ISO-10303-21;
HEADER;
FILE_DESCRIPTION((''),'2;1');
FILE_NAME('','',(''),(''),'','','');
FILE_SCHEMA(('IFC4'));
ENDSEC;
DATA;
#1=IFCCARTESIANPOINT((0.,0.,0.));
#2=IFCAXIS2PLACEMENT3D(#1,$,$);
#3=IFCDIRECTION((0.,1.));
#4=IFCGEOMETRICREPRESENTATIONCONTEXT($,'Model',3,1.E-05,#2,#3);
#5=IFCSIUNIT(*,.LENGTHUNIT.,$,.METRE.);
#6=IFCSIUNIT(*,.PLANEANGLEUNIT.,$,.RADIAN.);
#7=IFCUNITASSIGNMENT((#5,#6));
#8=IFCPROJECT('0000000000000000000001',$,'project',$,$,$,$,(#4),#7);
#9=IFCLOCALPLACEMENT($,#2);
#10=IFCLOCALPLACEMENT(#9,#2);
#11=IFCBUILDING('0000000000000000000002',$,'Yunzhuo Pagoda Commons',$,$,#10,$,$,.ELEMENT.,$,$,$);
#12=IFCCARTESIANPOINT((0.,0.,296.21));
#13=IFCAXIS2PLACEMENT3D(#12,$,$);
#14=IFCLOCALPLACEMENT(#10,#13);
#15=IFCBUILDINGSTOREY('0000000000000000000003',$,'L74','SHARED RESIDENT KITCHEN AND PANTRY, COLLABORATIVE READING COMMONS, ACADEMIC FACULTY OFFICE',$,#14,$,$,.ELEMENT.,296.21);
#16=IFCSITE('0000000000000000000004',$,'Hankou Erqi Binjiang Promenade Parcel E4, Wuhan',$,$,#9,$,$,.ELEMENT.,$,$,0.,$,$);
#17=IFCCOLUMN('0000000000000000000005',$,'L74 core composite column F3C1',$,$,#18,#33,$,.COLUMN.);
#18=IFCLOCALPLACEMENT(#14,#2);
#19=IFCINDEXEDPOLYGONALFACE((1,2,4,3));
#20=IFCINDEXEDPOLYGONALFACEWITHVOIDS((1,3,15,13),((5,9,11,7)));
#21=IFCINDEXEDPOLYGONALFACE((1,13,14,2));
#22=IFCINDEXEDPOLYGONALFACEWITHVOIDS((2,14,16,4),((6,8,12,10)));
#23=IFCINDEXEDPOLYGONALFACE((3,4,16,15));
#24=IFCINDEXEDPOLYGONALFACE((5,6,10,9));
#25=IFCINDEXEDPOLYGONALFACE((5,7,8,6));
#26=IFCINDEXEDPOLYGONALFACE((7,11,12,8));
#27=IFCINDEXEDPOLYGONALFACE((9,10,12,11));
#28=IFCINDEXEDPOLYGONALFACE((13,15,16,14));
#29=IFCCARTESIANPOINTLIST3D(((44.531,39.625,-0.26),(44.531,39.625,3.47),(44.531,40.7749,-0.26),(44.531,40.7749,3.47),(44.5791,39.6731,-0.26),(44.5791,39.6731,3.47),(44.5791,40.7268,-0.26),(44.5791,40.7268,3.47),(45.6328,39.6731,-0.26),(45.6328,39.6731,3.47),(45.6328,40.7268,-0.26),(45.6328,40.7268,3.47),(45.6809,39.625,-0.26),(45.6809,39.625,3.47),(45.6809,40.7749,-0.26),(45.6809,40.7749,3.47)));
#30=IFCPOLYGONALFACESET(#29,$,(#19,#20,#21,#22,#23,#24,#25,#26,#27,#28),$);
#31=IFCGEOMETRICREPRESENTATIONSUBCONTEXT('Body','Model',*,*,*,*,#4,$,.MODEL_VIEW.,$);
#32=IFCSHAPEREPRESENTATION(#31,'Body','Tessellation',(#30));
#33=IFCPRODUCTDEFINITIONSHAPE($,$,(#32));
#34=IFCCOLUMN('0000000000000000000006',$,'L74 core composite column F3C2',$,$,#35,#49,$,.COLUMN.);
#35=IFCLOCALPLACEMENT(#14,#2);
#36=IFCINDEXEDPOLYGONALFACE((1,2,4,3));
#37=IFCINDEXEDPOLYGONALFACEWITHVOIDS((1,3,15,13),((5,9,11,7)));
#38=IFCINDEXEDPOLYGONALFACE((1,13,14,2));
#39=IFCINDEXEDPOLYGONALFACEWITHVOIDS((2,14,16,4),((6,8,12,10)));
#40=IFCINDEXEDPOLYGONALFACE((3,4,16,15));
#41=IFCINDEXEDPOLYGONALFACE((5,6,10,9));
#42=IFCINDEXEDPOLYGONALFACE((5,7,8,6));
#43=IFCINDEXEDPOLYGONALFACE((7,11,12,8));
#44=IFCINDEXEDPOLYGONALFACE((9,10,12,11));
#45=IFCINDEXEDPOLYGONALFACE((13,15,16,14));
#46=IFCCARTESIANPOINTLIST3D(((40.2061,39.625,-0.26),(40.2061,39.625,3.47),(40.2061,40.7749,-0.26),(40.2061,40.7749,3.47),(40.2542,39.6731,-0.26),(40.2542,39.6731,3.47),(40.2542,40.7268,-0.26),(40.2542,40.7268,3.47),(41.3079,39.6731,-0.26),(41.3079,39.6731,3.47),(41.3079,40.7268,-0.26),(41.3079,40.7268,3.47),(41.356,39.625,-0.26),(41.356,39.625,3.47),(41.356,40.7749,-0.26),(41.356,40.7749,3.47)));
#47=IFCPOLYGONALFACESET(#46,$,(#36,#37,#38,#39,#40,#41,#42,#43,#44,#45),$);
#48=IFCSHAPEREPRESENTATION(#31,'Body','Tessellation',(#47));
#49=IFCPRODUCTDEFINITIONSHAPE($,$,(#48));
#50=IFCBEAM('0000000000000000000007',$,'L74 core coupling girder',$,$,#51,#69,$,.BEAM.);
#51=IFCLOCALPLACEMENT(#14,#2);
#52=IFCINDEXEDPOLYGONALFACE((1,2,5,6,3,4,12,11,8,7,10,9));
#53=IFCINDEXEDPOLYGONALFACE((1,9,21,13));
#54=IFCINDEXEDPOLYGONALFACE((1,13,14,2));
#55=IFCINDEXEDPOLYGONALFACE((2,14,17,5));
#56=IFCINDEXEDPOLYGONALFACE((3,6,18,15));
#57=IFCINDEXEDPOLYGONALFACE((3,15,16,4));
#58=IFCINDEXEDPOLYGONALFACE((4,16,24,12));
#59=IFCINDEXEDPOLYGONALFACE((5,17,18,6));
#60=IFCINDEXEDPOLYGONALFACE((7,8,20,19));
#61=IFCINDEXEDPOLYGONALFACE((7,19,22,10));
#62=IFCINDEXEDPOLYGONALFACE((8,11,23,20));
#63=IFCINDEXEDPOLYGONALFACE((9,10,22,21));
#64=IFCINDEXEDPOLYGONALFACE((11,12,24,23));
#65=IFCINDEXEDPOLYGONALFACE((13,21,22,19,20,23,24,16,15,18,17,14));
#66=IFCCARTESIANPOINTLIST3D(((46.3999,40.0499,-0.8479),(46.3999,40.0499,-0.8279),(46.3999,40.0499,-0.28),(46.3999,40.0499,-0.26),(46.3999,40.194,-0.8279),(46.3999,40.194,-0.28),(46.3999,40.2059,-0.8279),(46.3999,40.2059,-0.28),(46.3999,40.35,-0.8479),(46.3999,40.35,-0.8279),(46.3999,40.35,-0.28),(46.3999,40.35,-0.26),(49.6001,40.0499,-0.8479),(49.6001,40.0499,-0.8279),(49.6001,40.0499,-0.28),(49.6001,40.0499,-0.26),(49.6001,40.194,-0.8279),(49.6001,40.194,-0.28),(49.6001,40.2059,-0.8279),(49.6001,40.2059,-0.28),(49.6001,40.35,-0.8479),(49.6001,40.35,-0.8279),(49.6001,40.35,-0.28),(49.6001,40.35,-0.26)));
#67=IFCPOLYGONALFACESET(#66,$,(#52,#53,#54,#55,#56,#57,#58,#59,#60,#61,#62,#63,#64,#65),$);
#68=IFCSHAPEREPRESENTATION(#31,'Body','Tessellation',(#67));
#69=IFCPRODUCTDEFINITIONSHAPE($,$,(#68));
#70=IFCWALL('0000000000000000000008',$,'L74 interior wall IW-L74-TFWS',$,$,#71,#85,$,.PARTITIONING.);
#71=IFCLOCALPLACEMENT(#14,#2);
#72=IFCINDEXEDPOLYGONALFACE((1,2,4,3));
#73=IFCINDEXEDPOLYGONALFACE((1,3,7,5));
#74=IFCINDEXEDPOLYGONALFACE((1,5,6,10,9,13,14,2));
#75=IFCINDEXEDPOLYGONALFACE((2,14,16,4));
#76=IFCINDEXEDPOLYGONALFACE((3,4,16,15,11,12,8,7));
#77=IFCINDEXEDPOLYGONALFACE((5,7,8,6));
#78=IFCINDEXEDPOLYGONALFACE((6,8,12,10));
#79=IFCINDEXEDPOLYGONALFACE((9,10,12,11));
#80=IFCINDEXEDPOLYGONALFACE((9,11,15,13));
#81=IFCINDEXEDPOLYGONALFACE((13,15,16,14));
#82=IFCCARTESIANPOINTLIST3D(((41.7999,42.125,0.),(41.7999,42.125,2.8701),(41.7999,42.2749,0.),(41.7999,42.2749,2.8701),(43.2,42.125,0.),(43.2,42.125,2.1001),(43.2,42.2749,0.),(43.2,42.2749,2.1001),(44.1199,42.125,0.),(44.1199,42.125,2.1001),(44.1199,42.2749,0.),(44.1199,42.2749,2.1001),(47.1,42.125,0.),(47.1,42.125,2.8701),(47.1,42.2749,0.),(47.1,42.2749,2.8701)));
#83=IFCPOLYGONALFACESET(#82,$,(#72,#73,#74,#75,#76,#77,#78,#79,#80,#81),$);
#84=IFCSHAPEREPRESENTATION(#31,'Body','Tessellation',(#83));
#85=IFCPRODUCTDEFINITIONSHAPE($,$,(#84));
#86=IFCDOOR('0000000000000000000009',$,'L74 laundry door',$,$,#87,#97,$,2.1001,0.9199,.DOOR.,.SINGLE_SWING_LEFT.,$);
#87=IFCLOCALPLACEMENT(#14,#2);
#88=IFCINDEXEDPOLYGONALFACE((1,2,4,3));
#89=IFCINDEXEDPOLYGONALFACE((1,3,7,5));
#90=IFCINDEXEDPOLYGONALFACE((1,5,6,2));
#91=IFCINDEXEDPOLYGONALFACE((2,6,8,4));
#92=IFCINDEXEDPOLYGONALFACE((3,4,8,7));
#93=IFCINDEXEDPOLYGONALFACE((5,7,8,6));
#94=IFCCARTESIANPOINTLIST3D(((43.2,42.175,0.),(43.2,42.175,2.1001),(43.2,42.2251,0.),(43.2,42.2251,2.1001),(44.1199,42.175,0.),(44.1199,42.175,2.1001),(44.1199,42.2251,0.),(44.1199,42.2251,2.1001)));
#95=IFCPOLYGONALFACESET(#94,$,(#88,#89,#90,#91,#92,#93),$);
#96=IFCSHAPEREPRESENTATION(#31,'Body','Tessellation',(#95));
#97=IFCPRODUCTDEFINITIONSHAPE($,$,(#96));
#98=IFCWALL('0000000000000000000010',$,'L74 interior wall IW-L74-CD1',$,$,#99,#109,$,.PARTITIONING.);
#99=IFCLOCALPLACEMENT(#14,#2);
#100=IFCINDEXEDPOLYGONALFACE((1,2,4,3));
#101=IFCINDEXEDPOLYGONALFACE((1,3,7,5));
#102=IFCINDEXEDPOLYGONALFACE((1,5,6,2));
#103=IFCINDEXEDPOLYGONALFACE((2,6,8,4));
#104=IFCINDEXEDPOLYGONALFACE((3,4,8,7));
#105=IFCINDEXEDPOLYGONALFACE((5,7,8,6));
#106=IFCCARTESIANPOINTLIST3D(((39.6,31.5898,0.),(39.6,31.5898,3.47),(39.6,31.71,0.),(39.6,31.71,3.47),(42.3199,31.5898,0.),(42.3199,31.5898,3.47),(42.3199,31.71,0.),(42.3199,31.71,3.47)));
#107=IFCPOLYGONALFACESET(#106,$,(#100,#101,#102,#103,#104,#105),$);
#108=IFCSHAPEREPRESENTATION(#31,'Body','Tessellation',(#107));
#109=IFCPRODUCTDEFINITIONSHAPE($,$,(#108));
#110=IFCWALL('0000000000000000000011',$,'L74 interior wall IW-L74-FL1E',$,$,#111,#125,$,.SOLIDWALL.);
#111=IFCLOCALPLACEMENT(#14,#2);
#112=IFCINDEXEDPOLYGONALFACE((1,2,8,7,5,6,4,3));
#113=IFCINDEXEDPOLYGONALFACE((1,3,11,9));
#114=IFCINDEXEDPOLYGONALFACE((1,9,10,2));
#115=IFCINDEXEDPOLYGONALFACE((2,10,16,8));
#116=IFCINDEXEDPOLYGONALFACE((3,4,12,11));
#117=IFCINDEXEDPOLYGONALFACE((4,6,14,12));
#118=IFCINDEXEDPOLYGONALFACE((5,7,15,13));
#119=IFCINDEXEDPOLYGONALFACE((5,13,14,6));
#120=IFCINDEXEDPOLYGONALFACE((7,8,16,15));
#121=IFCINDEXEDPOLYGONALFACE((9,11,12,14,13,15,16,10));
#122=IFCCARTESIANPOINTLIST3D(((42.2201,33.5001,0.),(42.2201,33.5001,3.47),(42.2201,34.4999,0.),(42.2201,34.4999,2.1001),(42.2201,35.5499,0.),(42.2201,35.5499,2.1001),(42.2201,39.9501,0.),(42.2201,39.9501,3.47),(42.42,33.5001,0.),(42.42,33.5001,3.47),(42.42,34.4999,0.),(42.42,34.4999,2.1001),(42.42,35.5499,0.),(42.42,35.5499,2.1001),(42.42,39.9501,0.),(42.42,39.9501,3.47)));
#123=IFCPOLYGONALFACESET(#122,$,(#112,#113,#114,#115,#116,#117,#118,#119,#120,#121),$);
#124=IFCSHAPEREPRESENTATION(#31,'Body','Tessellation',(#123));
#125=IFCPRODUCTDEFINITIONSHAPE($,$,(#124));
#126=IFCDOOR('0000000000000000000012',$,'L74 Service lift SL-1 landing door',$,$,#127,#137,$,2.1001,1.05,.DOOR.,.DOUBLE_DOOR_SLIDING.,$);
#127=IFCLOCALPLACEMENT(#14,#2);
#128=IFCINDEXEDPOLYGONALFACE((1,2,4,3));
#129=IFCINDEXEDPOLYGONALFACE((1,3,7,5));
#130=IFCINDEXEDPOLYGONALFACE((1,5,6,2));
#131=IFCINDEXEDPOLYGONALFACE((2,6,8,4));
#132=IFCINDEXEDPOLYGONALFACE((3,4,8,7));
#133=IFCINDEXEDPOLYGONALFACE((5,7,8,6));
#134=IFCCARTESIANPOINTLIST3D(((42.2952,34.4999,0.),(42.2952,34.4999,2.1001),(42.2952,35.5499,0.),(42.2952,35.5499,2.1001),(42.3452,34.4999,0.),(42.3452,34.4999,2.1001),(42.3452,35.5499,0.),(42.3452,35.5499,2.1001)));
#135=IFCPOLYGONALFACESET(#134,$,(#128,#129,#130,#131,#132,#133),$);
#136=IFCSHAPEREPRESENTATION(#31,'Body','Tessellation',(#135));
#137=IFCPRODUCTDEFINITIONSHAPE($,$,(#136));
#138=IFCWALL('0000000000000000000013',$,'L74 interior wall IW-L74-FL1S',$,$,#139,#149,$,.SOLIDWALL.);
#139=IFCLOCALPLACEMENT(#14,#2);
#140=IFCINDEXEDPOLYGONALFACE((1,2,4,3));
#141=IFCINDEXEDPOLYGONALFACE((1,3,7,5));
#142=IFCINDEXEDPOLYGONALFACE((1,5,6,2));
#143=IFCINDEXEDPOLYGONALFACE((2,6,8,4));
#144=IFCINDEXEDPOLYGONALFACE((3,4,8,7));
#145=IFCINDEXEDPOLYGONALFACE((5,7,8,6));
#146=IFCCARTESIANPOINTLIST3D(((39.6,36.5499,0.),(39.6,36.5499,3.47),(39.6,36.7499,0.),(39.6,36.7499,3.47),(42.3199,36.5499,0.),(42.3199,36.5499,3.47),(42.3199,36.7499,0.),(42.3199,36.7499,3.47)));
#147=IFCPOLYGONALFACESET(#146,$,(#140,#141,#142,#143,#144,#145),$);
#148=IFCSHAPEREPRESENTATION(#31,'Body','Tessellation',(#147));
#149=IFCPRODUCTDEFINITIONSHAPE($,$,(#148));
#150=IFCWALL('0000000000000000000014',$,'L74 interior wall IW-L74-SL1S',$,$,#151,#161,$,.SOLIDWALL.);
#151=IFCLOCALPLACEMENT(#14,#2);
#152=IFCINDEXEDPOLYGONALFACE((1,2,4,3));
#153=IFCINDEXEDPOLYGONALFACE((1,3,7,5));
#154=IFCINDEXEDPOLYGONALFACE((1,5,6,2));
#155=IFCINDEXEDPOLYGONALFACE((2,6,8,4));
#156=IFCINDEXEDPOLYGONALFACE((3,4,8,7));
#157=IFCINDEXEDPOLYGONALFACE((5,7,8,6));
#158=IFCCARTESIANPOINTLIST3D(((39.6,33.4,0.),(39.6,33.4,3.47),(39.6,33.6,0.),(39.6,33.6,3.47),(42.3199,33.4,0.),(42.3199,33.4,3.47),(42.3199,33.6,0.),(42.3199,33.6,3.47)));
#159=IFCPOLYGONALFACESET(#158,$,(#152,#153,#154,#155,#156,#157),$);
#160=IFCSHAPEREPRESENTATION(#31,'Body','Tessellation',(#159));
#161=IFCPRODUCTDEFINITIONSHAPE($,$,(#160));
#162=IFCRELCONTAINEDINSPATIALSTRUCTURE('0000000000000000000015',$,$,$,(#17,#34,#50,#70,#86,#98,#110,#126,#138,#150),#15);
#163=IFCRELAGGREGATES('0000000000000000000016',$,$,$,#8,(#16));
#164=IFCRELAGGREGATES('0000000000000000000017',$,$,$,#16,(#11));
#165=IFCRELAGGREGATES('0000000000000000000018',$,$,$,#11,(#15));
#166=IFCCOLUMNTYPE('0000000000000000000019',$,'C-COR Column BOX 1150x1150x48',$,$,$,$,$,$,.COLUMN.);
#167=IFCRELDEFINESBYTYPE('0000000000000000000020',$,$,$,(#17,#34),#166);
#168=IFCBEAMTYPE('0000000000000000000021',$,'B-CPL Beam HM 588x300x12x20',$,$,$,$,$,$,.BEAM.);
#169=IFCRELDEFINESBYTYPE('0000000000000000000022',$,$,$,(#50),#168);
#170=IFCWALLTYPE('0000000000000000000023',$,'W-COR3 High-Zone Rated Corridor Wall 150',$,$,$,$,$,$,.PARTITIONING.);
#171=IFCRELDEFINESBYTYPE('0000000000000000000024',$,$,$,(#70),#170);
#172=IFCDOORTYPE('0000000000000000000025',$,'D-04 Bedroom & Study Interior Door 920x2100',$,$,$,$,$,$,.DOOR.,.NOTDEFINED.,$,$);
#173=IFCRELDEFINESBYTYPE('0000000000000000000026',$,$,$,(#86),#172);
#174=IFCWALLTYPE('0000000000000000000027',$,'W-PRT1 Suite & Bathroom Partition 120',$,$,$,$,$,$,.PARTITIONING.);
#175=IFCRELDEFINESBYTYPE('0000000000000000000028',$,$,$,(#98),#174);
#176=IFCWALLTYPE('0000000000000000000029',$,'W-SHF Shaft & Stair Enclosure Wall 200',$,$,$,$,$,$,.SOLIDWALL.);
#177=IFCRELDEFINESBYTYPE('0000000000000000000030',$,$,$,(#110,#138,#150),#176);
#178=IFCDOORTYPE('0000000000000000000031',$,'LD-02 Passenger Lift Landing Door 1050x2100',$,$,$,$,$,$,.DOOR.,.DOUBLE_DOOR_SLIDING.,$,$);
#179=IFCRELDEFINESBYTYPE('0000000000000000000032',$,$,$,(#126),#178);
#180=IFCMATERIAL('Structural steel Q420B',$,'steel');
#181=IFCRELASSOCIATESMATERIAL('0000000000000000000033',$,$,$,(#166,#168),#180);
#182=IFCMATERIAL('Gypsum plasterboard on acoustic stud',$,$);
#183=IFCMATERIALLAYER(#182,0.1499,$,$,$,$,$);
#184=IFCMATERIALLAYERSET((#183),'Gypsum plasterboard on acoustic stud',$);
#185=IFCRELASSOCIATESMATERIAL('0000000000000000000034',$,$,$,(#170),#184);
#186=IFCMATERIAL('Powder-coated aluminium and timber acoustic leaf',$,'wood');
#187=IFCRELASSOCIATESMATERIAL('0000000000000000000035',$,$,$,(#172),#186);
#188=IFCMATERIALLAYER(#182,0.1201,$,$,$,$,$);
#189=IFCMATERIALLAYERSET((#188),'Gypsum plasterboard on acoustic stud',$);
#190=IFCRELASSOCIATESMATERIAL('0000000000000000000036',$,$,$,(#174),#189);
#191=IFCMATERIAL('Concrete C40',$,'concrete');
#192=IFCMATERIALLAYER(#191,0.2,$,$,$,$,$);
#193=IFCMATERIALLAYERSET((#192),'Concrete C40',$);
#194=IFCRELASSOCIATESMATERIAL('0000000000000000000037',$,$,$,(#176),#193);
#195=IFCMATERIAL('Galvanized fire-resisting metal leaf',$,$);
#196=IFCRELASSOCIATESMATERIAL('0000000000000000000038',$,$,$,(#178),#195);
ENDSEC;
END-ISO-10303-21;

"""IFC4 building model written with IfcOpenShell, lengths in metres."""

from ifc_helpers import new_model, si_unit, direction, frame, frame_2d, origin, origin_with_axes, origin_2d, place, context, subcontext, project, spatial, rectangle, hollow_rectangle, i_section, extrude, source, transform, mapped, material, layer, layer_set, material_profile, profile_set, type_object, element, fill, save


model = new_model("IFC4")

# Units and contexts
model_context = context("Model", 3, precision=1e-05, world=origin(), true_north=direction((0.0, 1.0)))
body_context = subcontext(model_context, "Body", "Model", "MODEL_VIEW")
ifc_project = project(units=[si_unit("LENGTHUNIT", "METRE"), si_unit("PLANEANGLEUNIT", "RADIAN")], contexts=[model_context])

# Site, building, storey
site_placement = place(None, origin())
site = spatial("IfcSite", under=ifc_project, at=site_placement, Name="Hankou Erqi Binjiang Promenade Parcel E4, Wuhan", CompositionType="ELEMENT", RefElevation=0.0)
building_placement = place(site_placement, origin())
building = spatial("IfcBuilding", under=site, at=building_placement, Name="Yunzhuo Pagoda Commons", CompositionType="ELEMENT")
storey_placement = place(building_placement, frame((0.0, 0.0, 296.21)))
storey = spatial("IfcBuildingStorey", under=building, at=storey_placement, Name="L74", Description="SHARED RESIDENT KITCHEN AND PANTRY, COLLABORATIVE READING COMMONS, ACADEMIC FACULTY OFFICE", CompositionType="ELEMENT", Elevation=296.21)

# Columns
ifc_material_1 = material(Name="Structural steel Q420B", Category="steel")
ifc_material_profile_1 = material_profile(ifc_material_1, hollow_rectangle(XDim=1.1499, YDim=1.1499, WallThickness=0.0481, at=origin_2d()), Name="Structural steel Q420B")
ifc_profile_set_1 = profile_set([ifc_material_profile_1], Name="Structural steel Q420B")
column_type = type_object("IfcColumnType", Name="C-COR Column BOX 1150x1150x48", PredefinedType="COLUMN", material=ifc_profile_set_1)
shared_shape_1 = source(origin(), body_context, "Body", "SweptSolid", [
    extrude(hollow_rectangle(XDim=1.1499, YDim=1.1499, WallThickness=0.0481, at=origin_2d()), origin(), (0.0, 0.0, 1.0), 3.73),
])
for number, where, z_axis, x_axis, name in (
    (1, (45.106, 40.2, -0.26), (0.0, 0.0, 1.0), (1.0, 0.0, 0.0), "L74 core composite column F3C1"),
    (2, (40.781, 40.2, -0.26), (0.0, 0.0, 1.0), (1.0, 0.0, 0.0), "L74 core composite column F3C2"),
):
    element("IfcColumn", number, at=place(storey_placement, frame(where, z_axis=z_axis, x_axis=x_axis)), inside=storey, type_object=column_type, Name=name, PredefinedType="COLUMN", context=body_context, shape_type="MappedRepresentation", body=[
        mapped(shared_shape_1, transform((0.0, 0.0, 0.0), scale=1.0)),
    ])

# Beam
ifc_material_profile_2 = material_profile(ifc_material_1, i_section(OverallWidth=0.3, OverallDepth=0.5879, WebThickness=0.012, FlangeThickness=0.02, at=origin_2d()), Name="Structural steel Q420B")
ifc_profile_set_2 = profile_set([ifc_material_profile_2], Name="Structural steel Q420B")
beam_type = type_object("IfcBeamType", Name="B-CPL Beam HM 588x300x12x20", PredefinedType="BEAM", material=ifc_profile_set_2)
shared_shape_2 = source(origin(), body_context, "Body", "SweptSolid", [
    extrude(i_section(OverallWidth=0.3, OverallDepth=0.5879, WebThickness=0.012, FlangeThickness=0.02, at=origin_2d()), origin(), (0.0, 0.0, 1.0), 3.2002),
])
beam_placement = place(storey_placement, frame((46.3999, 40.2, -0.554), z_axis=(1.0, 0.0, 0.0), x_axis=(0.0, 1.0, 0.0)))
element("IfcBeam", 3, at=beam_placement, inside=storey, type_object=beam_type, Name="L74 core coupling girder", PredefinedType="BEAM", context=body_context, shape_type="MappedRepresentation", body=[
    mapped(shared_shape_2, transform((0.0, 0.0, 0.0), scale=1.0)),
])

# Wall, opening, door
ifc_material_2 = material(Name="Gypsum plasterboard on acoustic stud")
ifc_layer_1 = layer(ifc_material_2, 0.1499)
ifc_layer_set_1 = layer_set([ifc_layer_1], Name="Gypsum plasterboard on acoustic stud")
wall_type_1 = type_object("IfcWallType", Name="W-COR3 High-Zone Rated Corridor Wall 150", PredefinedType="PARTITIONING", material=ifc_layer_set_1)
wall_1_placement = place(storey_placement, frame((41.8, 42.2, 0.0), z_axis=(0.0, 0.0, 1.0), x_axis=(1.0, 0.0, 0.0)))
wall_1 = element("IfcWall", 4, at=wall_1_placement, inside=storey, type_object=wall_type_1, Name="L74 interior wall IW-L74-TFWS", PredefinedType="PARTITIONING", context=body_context, shape_type="SweptSolid", body=[
    extrude(rectangle(XDim=5.3, YDim=0.1499, at=frame_2d((2.6499, 0.0))), origin(), (0.0, 0.0, 1.0), 2.8701),
])
opening_1_placement = place(wall_1_placement, frame((1.3999, 0.0, 0.0)))
opening_1 = element("IfcOpeningElement", 5, at=opening_1_placement, cuts=wall_1, PredefinedType="OPENING", context=body_context, shape_type="SweptSolid", body=[
    extrude(rectangle(XDim=0.9199, YDim=2.1001, at=frame_2d((0.46, 1.05))), frame((0.0, 0.085, 0.0), z_axis=(0.0, -1.0, 0.0), x_axis=(1.0, 0.0, 0.0)), (0.0, 0.0, 1.0), 0.1699),
])
ifc_material_3 = material(Name="Powder-coated aluminium and timber acoustic leaf", Category="wood")
door_type_1 = type_object("IfcDoorType", Name="D-04 Bedroom & Study Interior Door 920x2100", OperationType="NOTDEFINED", PredefinedType="DOOR", material=ifc_material_3)
shared_shape_3 = source(origin(), body_context, "Body", "SweptSolid", [
    extrude(rectangle(XDim=0.9199, YDim=2.1001, at=frame_2d((0.46, 1.05))), frame((0.0, 0.0249, 0.0), z_axis=(0.0, -1.0, 0.0), x_axis=(1.0, 0.0, 0.0)), (0.0, 0.0, 1.0), 0.05),
])
door_1_placement = place(opening_1_placement, frame((0.9199, 0.0, 0.0), z_axis=(0.0, 0.0, 1.0), x_axis=(-1.0, 0.0, 0.0)))
door_1 = element("IfcDoor", 6, at=door_1_placement, inside=storey, type_object=door_type_1, Name="L74 laundry door", OperationType="SINGLE_SWING_LEFT", OverallHeight=2.1001, OverallWidth=0.9199, PredefinedType="DOOR", context=body_context, shape_type="MappedRepresentation", body=[
    mapped(shared_shape_3, transform((0.0, 0.0, 0.0), scale=1.0)),
])
fill(opening_1, door_1)

# Wall
ifc_layer_2 = layer(ifc_material_2, 0.1201)
ifc_layer_set_2 = layer_set([ifc_layer_2], Name="Gypsum plasterboard on acoustic stud")
wall_type_2 = type_object("IfcWallType", Name="W-PRT1 Suite & Bathroom Partition 120", PredefinedType="PARTITIONING", material=ifc_layer_set_2)
wall_2_placement = place(storey_placement, frame((39.6001, 31.6499, 0.0), z_axis=(0.0, 0.0, 1.0), x_axis=(1.0, 0.0, 0.0)))
element("IfcWall", 7, at=wall_2_placement, inside=storey, type_object=wall_type_2, Name="L74 interior wall IW-L74-CD1", PredefinedType="PARTITIONING", context=body_context, shape_type="SweptSolid", body=[
    extrude(rectangle(XDim=2.72, YDim=0.1201, at=frame_2d((1.3599, 0.0))), origin(), (0.0, 0.0, 1.0), 3.47),
])

# Wall, opening, door
ifc_material_4 = material(Name="Concrete C40", Category="concrete")
ifc_layer_3 = layer(ifc_material_4, 0.2)
ifc_layer_set_3 = layer_set([ifc_layer_3], Name="Concrete C40")
wall_type_3 = type_object("IfcWallType", Name="W-SHF Shaft & Stair Enclosure Wall 200", PredefinedType="SOLIDWALL", material=ifc_layer_set_3)
wall_3_placement = place(storey_placement, frame((42.3201, 33.5, 0.0), z_axis=(0.0, 0.0, 1.0), x_axis=(0.0, 1.0, 0.0)))
wall_3 = element("IfcWall", 8, at=wall_3_placement, inside=storey, type_object=wall_type_3, Name="L74 interior wall IW-L74-FL1E", PredefinedType="SOLIDWALL", context=body_context, shape_type="SweptSolid", body=[
    extrude(rectangle(XDim=6.45, YDim=0.2, at=frame_2d((3.2251, 0.0))), origin(), (0.0, 0.0, 1.0), 3.47),
])
opening_2_placement = place(wall_3_placement, frame((1.0, 0.0, 0.0)))
opening_2 = element("IfcOpeningElement", 9, at=opening_2_placement, cuts=wall_3, PredefinedType="OPENING", context=body_context, shape_type="SweptSolid", body=[
    extrude(rectangle(XDim=1.05, YDim=2.1001, at=frame_2d((0.5249, 1.05))), frame((0.0, 0.1099, 0.0), z_axis=(0.0, -1.0, 0.0), x_axis=(1.0, 0.0, 0.0)), (0.0, 0.0, 1.0), 0.22),
])
ifc_material_5 = material(Name="Galvanized fire-resisting metal leaf")
door_type_2 = type_object("IfcDoorType", Name="LD-02 Passenger Lift Landing Door 1050x2100", OperationType="DOUBLE_DOOR_SLIDING", PredefinedType="DOOR", material=ifc_material_5)
shared_shape_4 = source(origin(), body_context, "Body", "SweptSolid", [
    extrude(rectangle(XDim=1.05, YDim=2.1001, at=frame_2d((0.5249, 1.05))), frame((0.0, 0.0249, 0.0), z_axis=(0.0, -1.0, 0.0), x_axis=(1.0, 0.0, 0.0)), (0.0, 0.0, 1.0), 0.05),
])
door_2_placement = place(opening_2_placement, origin_with_axes())
door_2 = element("IfcDoor", 10, at=door_2_placement, inside=storey, type_object=door_type_2, Name="L74 Service lift SL-1 landing door", OperationType="DOUBLE_DOOR_SLIDING", OverallHeight=2.1001, OverallWidth=1.05, PredefinedType="DOOR", context=body_context, shape_type="MappedRepresentation", body=[
    mapped(shared_shape_4, transform((0.0, 0.0, 0.0), scale=1.0)),
])
fill(opening_2, door_2)

# Walls
for number, where, z_axis, x_axis, name in (
    (11, (39.6001, 36.6499, 0.0), (0.0, 0.0, 1.0), (1.0, 0.0, 0.0), "L74 interior wall IW-L74-FL1S"),
    (12, (39.6001, 33.5, 0.0), (0.0, 0.0, 1.0), (1.0, 0.0, 0.0), "L74 interior wall IW-L74-SL1S"),
):
    element("IfcWall", number, at=place(storey_placement, frame(where, z_axis=z_axis, x_axis=x_axis)), inside=storey, type_object=wall_type_3, Name=name, PredefinedType="SOLIDWALL", context=body_context, shape_type="SweptSolid", body=[
        extrude(rectangle(XDim=2.72, YDim=0.2, at=frame_2d((1.3599, 0.0))), origin(), (0.0, 0.0, 1.0), 3.47),
    ])

save(model, "model.ifc")
